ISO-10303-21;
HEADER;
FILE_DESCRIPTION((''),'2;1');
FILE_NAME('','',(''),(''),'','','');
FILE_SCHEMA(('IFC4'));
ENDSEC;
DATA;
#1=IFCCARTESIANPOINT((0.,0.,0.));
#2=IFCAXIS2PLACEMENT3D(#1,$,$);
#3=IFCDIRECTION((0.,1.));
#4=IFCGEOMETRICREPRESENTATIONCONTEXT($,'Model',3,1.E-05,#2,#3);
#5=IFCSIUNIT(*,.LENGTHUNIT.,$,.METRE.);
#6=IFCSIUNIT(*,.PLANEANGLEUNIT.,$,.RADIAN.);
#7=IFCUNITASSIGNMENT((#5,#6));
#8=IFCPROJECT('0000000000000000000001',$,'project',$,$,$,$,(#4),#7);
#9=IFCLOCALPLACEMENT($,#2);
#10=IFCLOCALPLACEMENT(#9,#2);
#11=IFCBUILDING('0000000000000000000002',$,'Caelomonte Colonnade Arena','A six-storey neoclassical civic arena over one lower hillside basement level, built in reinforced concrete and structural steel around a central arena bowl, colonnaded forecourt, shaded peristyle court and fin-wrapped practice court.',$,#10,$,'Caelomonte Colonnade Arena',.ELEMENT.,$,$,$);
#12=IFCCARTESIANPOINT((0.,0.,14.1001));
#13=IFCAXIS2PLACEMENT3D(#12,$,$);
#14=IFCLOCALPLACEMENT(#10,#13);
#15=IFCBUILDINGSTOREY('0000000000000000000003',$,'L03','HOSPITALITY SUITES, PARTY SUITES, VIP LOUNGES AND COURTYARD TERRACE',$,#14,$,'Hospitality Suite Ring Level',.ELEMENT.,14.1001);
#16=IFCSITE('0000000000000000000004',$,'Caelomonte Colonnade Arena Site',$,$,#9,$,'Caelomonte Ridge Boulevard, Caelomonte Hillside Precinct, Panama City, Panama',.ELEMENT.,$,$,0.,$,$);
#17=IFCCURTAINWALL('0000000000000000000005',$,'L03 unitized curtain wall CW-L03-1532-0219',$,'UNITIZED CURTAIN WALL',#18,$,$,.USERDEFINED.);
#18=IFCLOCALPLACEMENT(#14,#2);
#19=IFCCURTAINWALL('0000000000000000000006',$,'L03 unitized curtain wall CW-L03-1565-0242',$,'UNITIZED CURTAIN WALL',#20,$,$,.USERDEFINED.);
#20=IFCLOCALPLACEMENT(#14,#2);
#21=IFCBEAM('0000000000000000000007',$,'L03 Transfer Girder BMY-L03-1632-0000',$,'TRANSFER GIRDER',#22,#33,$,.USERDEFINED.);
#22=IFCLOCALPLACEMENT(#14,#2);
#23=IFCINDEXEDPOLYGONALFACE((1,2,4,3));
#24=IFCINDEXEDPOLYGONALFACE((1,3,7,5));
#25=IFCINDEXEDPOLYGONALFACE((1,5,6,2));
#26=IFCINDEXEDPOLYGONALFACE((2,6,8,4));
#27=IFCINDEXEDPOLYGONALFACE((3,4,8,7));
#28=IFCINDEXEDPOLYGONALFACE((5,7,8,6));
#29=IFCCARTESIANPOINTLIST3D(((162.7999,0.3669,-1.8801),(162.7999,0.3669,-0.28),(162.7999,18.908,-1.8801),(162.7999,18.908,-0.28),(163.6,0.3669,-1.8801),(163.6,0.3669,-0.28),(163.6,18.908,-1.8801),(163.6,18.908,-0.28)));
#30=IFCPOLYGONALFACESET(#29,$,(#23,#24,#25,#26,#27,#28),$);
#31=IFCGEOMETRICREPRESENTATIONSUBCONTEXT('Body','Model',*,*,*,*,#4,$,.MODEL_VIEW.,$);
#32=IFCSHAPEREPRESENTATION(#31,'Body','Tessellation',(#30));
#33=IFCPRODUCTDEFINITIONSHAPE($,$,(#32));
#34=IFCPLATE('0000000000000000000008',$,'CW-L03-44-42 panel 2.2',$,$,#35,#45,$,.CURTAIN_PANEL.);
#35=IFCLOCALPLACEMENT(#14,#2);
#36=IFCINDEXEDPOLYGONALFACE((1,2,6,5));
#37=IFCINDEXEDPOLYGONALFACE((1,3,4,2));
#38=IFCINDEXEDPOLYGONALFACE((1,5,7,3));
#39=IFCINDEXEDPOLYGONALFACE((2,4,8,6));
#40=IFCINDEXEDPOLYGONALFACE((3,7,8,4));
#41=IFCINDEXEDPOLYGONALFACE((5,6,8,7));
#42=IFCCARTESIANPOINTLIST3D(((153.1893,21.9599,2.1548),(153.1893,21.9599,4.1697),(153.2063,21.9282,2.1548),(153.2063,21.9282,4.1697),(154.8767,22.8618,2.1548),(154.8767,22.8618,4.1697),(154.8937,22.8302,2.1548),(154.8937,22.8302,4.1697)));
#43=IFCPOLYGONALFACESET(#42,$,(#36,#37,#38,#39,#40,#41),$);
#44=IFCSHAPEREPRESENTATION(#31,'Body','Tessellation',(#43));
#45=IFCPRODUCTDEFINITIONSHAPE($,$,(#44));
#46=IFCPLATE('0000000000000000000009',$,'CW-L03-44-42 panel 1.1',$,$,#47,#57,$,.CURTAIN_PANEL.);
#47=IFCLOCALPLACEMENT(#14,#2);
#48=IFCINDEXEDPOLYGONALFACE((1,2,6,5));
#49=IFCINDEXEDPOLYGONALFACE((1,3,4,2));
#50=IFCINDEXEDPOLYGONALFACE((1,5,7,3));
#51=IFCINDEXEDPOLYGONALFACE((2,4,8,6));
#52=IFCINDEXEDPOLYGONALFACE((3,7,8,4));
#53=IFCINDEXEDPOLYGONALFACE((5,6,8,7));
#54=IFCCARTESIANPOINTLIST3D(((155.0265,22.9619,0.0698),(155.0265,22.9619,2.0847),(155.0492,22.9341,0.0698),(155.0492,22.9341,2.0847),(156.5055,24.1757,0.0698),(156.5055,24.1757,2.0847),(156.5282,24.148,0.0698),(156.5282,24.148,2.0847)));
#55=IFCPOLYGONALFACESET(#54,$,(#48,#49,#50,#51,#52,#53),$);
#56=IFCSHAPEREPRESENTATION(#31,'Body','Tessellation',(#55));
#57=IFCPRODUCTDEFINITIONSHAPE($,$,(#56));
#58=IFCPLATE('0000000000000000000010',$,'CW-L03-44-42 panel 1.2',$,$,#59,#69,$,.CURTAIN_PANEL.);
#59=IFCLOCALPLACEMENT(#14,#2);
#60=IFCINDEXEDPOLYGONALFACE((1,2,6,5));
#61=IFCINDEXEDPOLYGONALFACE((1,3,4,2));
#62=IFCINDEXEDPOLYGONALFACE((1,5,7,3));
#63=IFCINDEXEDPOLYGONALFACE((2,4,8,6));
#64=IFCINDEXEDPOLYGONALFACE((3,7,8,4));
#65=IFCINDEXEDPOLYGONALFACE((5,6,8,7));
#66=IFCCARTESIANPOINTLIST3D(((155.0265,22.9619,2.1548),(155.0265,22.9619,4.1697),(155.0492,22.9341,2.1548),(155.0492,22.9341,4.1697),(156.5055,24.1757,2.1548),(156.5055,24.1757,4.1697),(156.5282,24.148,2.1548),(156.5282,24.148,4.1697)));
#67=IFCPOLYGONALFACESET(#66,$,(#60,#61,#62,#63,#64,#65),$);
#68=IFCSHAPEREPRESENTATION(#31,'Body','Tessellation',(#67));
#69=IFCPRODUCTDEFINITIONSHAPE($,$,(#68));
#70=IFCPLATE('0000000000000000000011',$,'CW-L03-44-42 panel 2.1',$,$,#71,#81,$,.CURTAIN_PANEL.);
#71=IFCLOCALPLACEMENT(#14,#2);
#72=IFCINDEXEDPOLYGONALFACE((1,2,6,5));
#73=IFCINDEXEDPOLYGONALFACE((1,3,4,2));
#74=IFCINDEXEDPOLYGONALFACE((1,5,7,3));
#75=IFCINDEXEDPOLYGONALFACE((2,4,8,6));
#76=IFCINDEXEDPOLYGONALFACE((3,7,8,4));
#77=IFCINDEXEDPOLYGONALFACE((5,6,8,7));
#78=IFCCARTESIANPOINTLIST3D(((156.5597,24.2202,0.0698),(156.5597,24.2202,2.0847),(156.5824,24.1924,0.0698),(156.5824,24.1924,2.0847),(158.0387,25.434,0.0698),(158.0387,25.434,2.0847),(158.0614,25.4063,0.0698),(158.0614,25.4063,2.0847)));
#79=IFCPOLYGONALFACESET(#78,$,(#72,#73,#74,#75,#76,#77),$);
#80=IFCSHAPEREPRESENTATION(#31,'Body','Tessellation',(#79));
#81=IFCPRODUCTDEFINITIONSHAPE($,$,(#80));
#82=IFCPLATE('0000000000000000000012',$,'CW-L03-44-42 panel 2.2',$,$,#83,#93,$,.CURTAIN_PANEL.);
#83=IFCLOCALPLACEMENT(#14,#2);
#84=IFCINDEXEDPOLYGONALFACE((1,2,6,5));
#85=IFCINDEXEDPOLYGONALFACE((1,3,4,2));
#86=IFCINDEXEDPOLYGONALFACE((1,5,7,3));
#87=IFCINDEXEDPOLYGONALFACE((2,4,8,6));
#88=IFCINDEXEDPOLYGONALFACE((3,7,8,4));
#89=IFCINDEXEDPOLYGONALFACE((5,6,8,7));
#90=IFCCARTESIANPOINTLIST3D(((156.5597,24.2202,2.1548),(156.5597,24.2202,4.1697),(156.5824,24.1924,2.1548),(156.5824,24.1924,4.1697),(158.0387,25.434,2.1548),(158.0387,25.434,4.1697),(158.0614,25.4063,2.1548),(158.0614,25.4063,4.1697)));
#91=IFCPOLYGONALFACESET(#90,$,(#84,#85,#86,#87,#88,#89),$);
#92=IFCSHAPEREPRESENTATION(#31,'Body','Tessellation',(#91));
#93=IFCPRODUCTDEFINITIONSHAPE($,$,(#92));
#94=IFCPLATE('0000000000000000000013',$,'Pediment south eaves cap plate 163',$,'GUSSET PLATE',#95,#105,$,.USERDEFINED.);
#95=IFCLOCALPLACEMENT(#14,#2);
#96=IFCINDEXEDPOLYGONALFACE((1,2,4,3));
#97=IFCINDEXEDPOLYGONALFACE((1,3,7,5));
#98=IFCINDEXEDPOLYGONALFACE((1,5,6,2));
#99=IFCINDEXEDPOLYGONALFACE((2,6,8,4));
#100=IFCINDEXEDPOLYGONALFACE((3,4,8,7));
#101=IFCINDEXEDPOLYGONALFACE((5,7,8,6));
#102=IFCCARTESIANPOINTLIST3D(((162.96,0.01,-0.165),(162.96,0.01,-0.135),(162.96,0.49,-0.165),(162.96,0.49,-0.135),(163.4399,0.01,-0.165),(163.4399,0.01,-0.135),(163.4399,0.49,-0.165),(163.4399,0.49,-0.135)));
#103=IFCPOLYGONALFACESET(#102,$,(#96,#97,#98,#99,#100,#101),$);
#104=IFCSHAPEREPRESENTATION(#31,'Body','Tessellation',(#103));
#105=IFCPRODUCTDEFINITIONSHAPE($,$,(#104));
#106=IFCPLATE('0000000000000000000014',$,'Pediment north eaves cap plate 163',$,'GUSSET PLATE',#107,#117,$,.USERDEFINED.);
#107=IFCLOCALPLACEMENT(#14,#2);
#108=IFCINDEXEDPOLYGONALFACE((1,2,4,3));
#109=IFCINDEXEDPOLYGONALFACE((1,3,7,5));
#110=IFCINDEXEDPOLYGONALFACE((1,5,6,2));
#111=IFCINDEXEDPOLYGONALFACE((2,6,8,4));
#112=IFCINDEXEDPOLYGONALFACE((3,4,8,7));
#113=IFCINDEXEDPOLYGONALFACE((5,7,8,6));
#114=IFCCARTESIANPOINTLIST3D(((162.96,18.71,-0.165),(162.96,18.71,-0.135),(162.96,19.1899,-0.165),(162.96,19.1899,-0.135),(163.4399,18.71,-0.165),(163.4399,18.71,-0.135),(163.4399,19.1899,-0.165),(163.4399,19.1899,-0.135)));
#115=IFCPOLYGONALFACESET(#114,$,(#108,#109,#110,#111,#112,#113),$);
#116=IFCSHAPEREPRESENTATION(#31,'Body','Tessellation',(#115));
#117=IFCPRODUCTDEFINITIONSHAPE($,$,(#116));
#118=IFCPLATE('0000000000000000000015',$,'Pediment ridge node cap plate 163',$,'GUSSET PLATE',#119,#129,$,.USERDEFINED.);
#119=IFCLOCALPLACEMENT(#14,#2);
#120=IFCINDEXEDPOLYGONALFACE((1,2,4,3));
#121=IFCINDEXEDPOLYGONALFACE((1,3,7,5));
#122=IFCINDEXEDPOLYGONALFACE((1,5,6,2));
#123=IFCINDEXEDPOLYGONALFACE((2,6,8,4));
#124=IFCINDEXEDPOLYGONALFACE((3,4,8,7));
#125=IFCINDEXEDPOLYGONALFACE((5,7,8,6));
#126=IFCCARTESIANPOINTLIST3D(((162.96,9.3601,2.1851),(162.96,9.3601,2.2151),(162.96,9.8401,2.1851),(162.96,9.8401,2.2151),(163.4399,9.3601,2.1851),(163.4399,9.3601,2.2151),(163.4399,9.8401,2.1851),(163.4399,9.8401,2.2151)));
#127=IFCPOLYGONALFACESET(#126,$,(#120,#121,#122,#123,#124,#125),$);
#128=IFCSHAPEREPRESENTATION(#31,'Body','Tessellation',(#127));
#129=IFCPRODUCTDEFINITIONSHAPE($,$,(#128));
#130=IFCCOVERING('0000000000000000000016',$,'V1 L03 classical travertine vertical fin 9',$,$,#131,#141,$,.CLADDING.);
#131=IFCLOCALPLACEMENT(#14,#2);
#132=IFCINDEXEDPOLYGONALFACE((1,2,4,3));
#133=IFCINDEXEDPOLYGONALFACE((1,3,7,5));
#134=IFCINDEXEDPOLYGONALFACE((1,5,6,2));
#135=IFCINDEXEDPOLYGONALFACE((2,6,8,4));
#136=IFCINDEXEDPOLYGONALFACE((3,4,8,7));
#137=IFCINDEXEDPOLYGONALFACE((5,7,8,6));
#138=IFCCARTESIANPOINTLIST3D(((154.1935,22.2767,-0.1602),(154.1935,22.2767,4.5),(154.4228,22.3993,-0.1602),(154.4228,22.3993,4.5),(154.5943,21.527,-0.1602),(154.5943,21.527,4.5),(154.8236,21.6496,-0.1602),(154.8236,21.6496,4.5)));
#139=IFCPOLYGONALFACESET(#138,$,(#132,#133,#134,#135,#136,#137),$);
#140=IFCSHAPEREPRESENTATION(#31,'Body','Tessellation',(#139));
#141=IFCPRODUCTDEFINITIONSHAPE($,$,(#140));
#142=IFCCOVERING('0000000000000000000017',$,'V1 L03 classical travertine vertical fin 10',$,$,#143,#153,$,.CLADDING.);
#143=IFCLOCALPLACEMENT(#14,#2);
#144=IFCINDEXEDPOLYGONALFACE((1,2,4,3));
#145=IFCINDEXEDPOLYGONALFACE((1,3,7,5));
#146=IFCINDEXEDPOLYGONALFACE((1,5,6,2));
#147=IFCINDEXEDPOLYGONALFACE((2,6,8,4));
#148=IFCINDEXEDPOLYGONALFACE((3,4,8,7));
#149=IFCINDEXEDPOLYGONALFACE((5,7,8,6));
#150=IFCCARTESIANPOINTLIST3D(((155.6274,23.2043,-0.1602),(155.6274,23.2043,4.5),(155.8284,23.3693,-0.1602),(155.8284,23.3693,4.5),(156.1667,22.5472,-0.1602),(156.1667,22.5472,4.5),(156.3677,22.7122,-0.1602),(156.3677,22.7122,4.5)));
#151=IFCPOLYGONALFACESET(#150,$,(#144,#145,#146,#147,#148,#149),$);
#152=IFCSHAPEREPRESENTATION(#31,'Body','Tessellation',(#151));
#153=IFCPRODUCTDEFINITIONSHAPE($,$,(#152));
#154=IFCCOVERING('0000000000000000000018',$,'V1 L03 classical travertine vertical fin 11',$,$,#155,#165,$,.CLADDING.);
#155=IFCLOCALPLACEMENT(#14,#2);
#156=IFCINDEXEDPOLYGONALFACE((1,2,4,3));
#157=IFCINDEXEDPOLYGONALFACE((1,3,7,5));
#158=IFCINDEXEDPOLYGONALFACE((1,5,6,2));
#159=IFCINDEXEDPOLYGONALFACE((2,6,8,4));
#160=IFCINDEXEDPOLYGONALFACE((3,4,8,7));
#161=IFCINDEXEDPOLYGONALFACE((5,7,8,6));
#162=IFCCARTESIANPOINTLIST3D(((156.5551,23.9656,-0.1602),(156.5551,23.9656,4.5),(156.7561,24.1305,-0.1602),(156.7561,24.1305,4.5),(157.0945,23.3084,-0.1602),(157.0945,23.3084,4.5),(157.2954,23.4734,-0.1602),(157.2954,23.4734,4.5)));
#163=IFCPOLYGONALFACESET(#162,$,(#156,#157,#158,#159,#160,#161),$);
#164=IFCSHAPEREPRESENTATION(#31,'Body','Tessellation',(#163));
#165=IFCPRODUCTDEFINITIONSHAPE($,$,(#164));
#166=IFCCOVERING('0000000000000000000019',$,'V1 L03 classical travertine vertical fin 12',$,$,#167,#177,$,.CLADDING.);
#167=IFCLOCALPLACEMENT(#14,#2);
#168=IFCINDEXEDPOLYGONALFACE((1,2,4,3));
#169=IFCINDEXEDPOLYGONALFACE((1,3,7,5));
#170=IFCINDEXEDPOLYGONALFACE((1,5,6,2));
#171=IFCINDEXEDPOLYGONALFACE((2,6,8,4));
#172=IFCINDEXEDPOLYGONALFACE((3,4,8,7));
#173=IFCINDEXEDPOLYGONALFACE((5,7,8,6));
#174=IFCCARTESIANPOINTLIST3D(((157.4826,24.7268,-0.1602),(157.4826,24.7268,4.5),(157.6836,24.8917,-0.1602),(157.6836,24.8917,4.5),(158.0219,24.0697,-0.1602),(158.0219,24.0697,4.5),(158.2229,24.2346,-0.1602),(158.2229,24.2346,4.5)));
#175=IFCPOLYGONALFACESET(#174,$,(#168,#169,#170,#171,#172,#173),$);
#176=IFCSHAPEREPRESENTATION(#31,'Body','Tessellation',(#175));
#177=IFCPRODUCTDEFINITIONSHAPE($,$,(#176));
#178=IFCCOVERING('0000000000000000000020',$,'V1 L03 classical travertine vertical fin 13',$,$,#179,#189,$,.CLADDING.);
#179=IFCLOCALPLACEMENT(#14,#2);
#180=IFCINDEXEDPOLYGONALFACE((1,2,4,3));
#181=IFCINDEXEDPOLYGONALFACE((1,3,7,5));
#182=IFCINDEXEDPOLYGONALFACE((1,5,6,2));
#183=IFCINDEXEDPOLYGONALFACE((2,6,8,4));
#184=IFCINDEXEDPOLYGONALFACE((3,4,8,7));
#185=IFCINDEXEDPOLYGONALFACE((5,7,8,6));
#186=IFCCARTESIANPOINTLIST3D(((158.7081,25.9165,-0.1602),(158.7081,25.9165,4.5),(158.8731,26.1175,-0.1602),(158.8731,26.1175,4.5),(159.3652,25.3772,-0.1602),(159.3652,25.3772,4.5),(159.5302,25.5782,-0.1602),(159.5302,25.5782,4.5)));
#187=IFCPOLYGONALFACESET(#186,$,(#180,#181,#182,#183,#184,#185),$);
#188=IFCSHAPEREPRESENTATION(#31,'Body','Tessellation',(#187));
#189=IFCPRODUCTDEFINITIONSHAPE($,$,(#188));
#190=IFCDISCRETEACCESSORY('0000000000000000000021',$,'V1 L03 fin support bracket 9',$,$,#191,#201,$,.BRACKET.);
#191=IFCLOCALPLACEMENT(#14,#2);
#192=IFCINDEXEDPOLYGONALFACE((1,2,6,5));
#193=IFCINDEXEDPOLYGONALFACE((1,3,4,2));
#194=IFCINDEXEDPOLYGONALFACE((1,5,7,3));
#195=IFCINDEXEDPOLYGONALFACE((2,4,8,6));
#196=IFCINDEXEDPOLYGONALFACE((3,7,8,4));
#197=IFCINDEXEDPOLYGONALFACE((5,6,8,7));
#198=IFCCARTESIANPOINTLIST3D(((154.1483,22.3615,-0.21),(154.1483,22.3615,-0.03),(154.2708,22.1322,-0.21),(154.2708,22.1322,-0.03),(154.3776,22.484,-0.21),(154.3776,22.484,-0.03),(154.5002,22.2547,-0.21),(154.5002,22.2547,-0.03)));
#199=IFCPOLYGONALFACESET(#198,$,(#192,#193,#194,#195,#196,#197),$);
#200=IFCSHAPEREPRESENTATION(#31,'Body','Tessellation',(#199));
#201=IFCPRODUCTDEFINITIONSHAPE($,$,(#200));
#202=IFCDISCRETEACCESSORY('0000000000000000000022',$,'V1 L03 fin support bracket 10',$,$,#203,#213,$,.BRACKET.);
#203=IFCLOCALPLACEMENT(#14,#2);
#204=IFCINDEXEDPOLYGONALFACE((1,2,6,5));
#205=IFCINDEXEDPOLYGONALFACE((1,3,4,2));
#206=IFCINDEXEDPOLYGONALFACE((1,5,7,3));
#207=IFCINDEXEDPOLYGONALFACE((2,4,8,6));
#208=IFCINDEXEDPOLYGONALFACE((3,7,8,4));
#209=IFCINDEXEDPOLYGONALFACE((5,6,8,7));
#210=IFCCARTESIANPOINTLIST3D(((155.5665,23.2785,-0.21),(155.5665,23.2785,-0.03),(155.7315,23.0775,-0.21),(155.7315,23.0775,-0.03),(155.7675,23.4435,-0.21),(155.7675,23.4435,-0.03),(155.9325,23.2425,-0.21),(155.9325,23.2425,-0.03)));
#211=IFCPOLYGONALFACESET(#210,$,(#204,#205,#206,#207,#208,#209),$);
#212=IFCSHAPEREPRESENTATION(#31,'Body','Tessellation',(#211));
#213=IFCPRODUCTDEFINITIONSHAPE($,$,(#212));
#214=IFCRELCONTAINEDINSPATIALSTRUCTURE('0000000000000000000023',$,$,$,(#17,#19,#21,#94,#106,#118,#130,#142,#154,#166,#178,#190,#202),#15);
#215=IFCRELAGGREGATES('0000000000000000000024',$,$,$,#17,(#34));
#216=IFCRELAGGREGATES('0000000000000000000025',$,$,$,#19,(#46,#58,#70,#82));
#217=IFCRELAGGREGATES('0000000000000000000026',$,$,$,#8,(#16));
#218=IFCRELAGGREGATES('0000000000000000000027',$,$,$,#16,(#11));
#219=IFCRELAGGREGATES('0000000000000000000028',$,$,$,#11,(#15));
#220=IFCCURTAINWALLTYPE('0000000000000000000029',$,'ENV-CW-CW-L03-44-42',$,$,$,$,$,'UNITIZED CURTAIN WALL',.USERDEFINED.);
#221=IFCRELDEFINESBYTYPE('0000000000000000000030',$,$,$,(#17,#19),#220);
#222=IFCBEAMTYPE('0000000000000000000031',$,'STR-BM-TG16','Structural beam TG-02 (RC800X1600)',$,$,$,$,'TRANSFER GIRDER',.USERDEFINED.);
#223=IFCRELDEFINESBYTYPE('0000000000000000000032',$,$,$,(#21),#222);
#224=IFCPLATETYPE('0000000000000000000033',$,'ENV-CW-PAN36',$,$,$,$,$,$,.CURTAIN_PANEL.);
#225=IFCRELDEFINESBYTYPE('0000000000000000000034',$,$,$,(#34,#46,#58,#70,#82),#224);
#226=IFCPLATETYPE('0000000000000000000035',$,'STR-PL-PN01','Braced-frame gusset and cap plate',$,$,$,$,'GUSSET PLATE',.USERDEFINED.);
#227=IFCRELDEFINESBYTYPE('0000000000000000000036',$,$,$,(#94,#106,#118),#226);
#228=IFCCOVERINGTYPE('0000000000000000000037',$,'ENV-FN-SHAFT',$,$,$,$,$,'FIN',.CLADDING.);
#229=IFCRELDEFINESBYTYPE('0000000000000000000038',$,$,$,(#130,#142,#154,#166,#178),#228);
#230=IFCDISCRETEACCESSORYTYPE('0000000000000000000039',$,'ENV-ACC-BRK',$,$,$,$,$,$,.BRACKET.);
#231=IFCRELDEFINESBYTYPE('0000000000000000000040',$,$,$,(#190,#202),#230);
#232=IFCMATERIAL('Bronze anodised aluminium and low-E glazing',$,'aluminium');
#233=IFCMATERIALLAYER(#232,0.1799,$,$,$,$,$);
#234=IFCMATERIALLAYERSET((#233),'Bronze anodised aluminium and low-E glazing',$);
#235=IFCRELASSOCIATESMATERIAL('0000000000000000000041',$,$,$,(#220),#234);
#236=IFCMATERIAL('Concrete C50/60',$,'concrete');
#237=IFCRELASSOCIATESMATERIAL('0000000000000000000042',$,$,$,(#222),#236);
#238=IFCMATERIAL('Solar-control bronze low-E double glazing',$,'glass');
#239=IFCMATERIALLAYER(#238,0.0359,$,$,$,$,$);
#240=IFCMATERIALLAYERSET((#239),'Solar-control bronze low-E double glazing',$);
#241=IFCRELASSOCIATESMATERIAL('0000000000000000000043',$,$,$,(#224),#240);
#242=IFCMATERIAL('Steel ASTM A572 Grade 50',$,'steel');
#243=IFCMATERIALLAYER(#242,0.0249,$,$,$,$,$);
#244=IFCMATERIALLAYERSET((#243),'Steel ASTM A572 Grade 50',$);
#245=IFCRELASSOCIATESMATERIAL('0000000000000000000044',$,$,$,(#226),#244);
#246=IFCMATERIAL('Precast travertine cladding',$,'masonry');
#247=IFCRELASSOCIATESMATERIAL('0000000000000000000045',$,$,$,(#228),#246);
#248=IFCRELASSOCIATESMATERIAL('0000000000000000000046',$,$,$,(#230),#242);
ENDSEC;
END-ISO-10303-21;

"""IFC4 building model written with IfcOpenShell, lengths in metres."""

from ifc_helpers import new_model, si_unit, direction, frame, origin, origin_2d, place, context, subcontext, project, spatial, rectangle, extrude, material, layer, layer_set, material_profile, profile_set, type_object, element, aggregate, save


model = new_model("IFC4")

# Units and contexts
model_context = context("Model", 3, precision=1e-05, world=origin(), true_north=direction((0.0, 1.0)))
body_context = subcontext(model_context, "Body", "Model", "MODEL_VIEW")
ifc_project = project(units=[si_unit("LENGTHUNIT", "METRE"), si_unit("PLANEANGLEUNIT", "RADIAN")], contexts=[model_context])

# Site, building, storey
site_placement = place(None, origin())
site = spatial("IfcSite", under=ifc_project, at=site_placement, Name="Caelomonte Colonnade Arena Site", LongName="Caelomonte Ridge Boulevard, Caelomonte Hillside Precinct, Panama City, Panama", CompositionType="ELEMENT", RefElevation=0.0)
building_placement = place(site_placement, origin())
building = spatial("IfcBuilding", under=site, at=building_placement, Name="Caelomonte Colonnade Arena", Description="A six-storey neoclassical civic arena over one lower hillside basement level, built in reinforced concrete and structural steel around a central arena bowl, colonnaded forecourt, shaded peristyle court and fin-wrapped practice court.", LongName="Caelomonte Colonnade Arena", CompositionType="ELEMENT")
storey_placement = place(building_placement, frame((0.0, 0.0, 14.1001)))
storey = spatial("IfcBuildingStorey", under=building, at=storey_placement, Name="L03", Description="HOSPITALITY SUITES, PARTY SUITES, VIP LOUNGES AND COURTYARD TERRACE", LongName="Hospitality Suite Ring Level", CompositionType="ELEMENT", Elevation=14.1001)

# Curtain wall
ifc_material_1 = material(Name="Bronze anodised aluminium and low-E glazing", Category="aluminium")
ifc_layer_1 = layer(ifc_material_1, 0.1799)
ifc_layer_set_1 = layer_set([ifc_layer_1], Name="Bronze anodised aluminium and low-E glazing")
curtain_wall_type = type_object("IfcCurtainWallType", Name="ENV-CW-CW-L03-44-42", ElementType="UNITIZED CURTAIN WALL", PredefinedType="USERDEFINED", material=ifc_layer_set_1)
curtain_wall_1_placement = place(storey_placement, origin())
curtain_wall_1 = element("IfcCurtainWall", 1, at=curtain_wall_1_placement, inside=storey, type_object=curtain_wall_type, Name="L03 unitized curtain wall CW-L03-1532-0219", ObjectType="UNITIZED CURTAIN WALL", PredefinedType="USERDEFINED")

# Curtain wall
curtain_wall_2_placement = place(storey_placement, origin())
curtain_wall_2 = element("IfcCurtainWall", 2, at=curtain_wall_2_placement, inside=storey, type_object=curtain_wall_type, Name="L03 unitized curtain wall CW-L03-1565-0242", ObjectType="UNITIZED CURTAIN WALL", PredefinedType="USERDEFINED")

# Beam
ifc_material_2 = material(Name="Concrete C50/60", Category="concrete")
ifc_material_profile_1 = material_profile(ifc_material_2, rectangle(XDim=0.8, YDim=1.6001, at=origin_2d()), Name="RC800X1600")
ifc_profile_set_1 = profile_set([ifc_material_profile_1], Name="Concrete C50/60")
beam_type_1 = type_object("IfcBeamType", Name="STR-BM-TG16", Description="Structural beam TG-02 (RC800X1600)", ElementType="TRANSFER GIRDER", PredefinedType="USERDEFINED", material=ifc_profile_set_1)
beam_1_placement = place(storey_placement, frame((163.2, 0.3669, -1.0801), z_axis=(0.0, 1.0, 0.0), x_axis=(-1.0, 0.0, 0.0)))
element("IfcBeam", 3, at=beam_1_placement, inside=storey, type_object=beam_type_1, Name="L03 Transfer Girder BMY-L03-1632-0000", ObjectType="TRANSFER GIRDER", PredefinedType="USERDEFINED", context=body_context, shape_type="SweptSolid", body=[
    extrude(rectangle(XDim=0.8, YDim=1.6001, at=origin_2d()), origin(), (0.0, 0.0, 1.0), 18.541),
])

# Plates
ifc_material_3 = material(Name="Solar-control bronze low-E double glazing", Category="glass")
ifc_layer_2 = layer(ifc_material_3, 0.0359)
ifc_layer_set_2 = layer_set([ifc_layer_2], Name="Solar-control bronze low-E double glazing")
plate_type_1 = type_object("IfcPlateType", Name="ENV-CW-PAN36", PredefinedType="CURTAIN_PANEL", material=ifc_layer_set_2)
plate_1_placement = place(storey_placement, frame((154.0415, 22.395, 2.1548), z_axis=(0.0, 0.0, 1.0), x_axis=(0.881923, 0.471394, 0.0)))
plate_1 = element("IfcPlate", 4, at=plate_1_placement, type_object=plate_type_1, Name="CW-L03-44-42 panel 2.2", PredefinedType="CURTAIN_PANEL", context=body_context, shape_type="SweptSolid", body=[
    extrude(rectangle(XDim=1.9133, YDim=0.0359, at=origin_2d()), origin(), (0.0, 0.0, 1.0), 2.0149),
])
aggregate(curtain_wall_1, [plate_1])
plate_2_placement = place(storey_placement, frame((155.7773, 23.5549, 0.0698), z_axis=(0.0, 0.0, 1.0), x_axis=(0.772992, 0.634416, 0.0)))
plate_2 = element("IfcPlate", 5, at=plate_2_placement, type_object=plate_type_1, Name="CW-L03-44-42 panel 1.1", PredefinedType="CURTAIN_PANEL", context=body_context, shape_type="SweptSolid", body=[
    extrude(rectangle(XDim=1.9133, YDim=0.0359, at=origin_2d()), origin(), (0.0, 0.0, 1.0), 2.0149),
])
plate_3_placement = place(storey_placement, frame((155.7773, 23.5549, 2.1548), z_axis=(0.0, 0.0, 1.0), x_axis=(0.772992, 0.634416, 0.0)))
plate_3 = element("IfcPlate", 6, at=plate_3_placement, type_object=plate_type_1, Name="CW-L03-44-42 panel 1.2", PredefinedType="CURTAIN_PANEL", context=body_context, shape_type="SweptSolid", body=[
    extrude(rectangle(XDim=1.9133, YDim=0.0359, at=origin_2d()), origin(), (0.0, 0.0, 1.0), 2.0149),
])
plate_4_placement = place(storey_placement, frame((157.3105, 24.8132, 0.0698), z_axis=(0.0, 0.0, 1.0), x_axis=(0.772992, 0.634416, 0.0)))
plate_4 = element("IfcPlate", 7, at=plate_4_placement, type_object=plate_type_1, Name="CW-L03-44-42 panel 2.1", PredefinedType="CURTAIN_PANEL", context=body_context, shape_type="SweptSolid", body=[
    extrude(rectangle(XDim=1.9133, YDim=0.0359, at=origin_2d()), origin(), (0.0, 0.0, 1.0), 2.0149),
])
plate_5_placement = place(storey_placement, frame((157.3105, 24.8132, 2.1548), z_axis=(0.0, 0.0, 1.0), x_axis=(0.772992, 0.634416, 0.0)))
plate_5 = element("IfcPlate", 8, at=plate_5_placement, type_object=plate_type_1, Name="CW-L03-44-42 panel 2.2", PredefinedType="CURTAIN_PANEL", context=body_context, shape_type="SweptSolid", body=[
    extrude(rectangle(XDim=1.9133, YDim=0.0359, at=origin_2d()), origin(), (0.0, 0.0, 1.0), 2.0149),
])
aggregate(curtain_wall_2, [plate_2, plate_3, plate_4, plate_5])

# Plates
ifc_material_4 = material(Name="Steel ASTM A572 Grade 50", Category="steel")
ifc_layer_3 = layer(ifc_material_4, 0.0249)
ifc_layer_set_3 = layer_set([ifc_layer_3], Name="Steel ASTM A572 Grade 50")
plate_type_2 = type_object("IfcPlateType", Name="STR-PL-PN01", Description="Braced-frame gusset and cap plate", ElementType="GUSSET PLATE", PredefinedType="USERDEFINED", material=ifc_layer_set_3)
for number, where, z_axis, x_axis, name in (
    (9, (163.2, 0.25, -0.165), (0.0, 0.0, 1.0), (1.0, 0.0, 0.0), "Pediment south eaves cap plate 163"),
    (10, (163.2, 18.95, -0.165), (0.0, 0.0, 1.0), (1.0, 0.0, 0.0), "Pediment north eaves cap plate 163"),
    (11, (163.2, 9.6001, 2.1851), (0.0, 0.0, 1.0), (1.0, 0.0, 0.0), "Pediment ridge node cap plate 163"),
):
    element("IfcPlate", number, at=place(storey_placement, frame(where, z_axis=z_axis, x_axis=x_axis)), inside=storey, type_object=plate_type_2, Name=name, ObjectType="GUSSET PLATE", PredefinedType="USERDEFINED", context=body_context, shape_type="SweptSolid", body=[
        extrude(rectangle(XDim=0.48, YDim=0.48, at=origin_2d()), origin(), (0.0, 0.0, 1.0), 0.03),
    ])

# Coverings
ifc_material_5 = material(Name="Precast travertine cladding", Category="masonry")
ifc_material_profile_2 = material_profile(ifc_material_5, rectangle(XDim=0.26, YDim=0.8501, at=origin_2d()), Name="FIN260X850")
ifc_profile_set_2 = profile_set([ifc_material_profile_2], Name="Precast travertine cladding")
covering_type = type_object("IfcCoveringType", Name="ENV-FN-SHAFT", ElementType="FIN", PredefinedType="CLADDING", material=ifc_profile_set_2)
for number, where, z_axis, x_axis, name in (
    (12, (154.5085, 21.9631, -0.1602), (0.0, 0.0, 1.0), (-0.881921, -0.471397, 0.0), "V1 L03 classical travertine vertical fin 9"),
    (13, (155.9976, 22.9583, -0.1602), (0.0, 0.0, 1.0), (-0.772994, -0.634414, 0.0), "V1 L03 classical travertine vertical fin 10"),
    (14, (156.9253, 23.7195, -0.1602), (0.0, 0.0, 1.0), (-0.772994, -0.634414, 0.0), "V1 L03 classical travertine vertical fin 11"),
    (15, (157.8528, 24.4807, -0.1602), (0.0, 0.0, 1.0), (-0.772994, -0.634414, 0.0), "V1 L03 classical travertine vertical fin 12"),
    (16, (159.1191, 25.7473, -0.1602), (0.0, 0.0, 1.0), (-0.634414, -0.772994, 0.0), "V1 L03 classical travertine vertical fin 13"),
):
    element("IfcCovering", number, at=place(storey_placement, frame(where, z_axis=z_axis, x_axis=x_axis)), inside=storey, type_object=covering_type, Name=name, PredefinedType="CLADDING", context=body_context, shape_type="SweptSolid", body=[
        extrude(rectangle(XDim=0.26, YDim=0.8501, at=origin_2d()), origin(), (0.0, 0.0, 1.0), 4.6602),
    ])

# Discrete accessories
discrete_accessory_type = type_object("IfcDiscreteAccessoryType", Name="ENV-ACC-BRK", PredefinedType="BRACKET", material=ifc_material_4)
for number, where, z_axis, x_axis, name in (
    (17, (154.3242, 22.3081, -0.21), (0.0, 0.0, 1.0), (0.881921, 0.471397, 0.0), "V1 L03 fin support bracket 9"),
    (18, (155.7495, 23.2605, -0.21), (0.0, 0.0, 1.0), (0.772994, 0.634414, 0.0), "V1 L03 fin support bracket 10"),
):
    element("IfcDiscreteAccessory", number, at=place(storey_placement, frame(where, z_axis=z_axis, x_axis=x_axis)), inside=storey, type_object=discrete_accessory_type, Name=name, PredefinedType="BRACKET", context=body_context, shape_type="SweptSolid", body=[
        extrude(rectangle(XDim=0.26, YDim=0.26, at=origin_2d()), origin(), (0.0, 0.0, 1.0), 0.1799),
    ])

save(model, "model.ifc")
